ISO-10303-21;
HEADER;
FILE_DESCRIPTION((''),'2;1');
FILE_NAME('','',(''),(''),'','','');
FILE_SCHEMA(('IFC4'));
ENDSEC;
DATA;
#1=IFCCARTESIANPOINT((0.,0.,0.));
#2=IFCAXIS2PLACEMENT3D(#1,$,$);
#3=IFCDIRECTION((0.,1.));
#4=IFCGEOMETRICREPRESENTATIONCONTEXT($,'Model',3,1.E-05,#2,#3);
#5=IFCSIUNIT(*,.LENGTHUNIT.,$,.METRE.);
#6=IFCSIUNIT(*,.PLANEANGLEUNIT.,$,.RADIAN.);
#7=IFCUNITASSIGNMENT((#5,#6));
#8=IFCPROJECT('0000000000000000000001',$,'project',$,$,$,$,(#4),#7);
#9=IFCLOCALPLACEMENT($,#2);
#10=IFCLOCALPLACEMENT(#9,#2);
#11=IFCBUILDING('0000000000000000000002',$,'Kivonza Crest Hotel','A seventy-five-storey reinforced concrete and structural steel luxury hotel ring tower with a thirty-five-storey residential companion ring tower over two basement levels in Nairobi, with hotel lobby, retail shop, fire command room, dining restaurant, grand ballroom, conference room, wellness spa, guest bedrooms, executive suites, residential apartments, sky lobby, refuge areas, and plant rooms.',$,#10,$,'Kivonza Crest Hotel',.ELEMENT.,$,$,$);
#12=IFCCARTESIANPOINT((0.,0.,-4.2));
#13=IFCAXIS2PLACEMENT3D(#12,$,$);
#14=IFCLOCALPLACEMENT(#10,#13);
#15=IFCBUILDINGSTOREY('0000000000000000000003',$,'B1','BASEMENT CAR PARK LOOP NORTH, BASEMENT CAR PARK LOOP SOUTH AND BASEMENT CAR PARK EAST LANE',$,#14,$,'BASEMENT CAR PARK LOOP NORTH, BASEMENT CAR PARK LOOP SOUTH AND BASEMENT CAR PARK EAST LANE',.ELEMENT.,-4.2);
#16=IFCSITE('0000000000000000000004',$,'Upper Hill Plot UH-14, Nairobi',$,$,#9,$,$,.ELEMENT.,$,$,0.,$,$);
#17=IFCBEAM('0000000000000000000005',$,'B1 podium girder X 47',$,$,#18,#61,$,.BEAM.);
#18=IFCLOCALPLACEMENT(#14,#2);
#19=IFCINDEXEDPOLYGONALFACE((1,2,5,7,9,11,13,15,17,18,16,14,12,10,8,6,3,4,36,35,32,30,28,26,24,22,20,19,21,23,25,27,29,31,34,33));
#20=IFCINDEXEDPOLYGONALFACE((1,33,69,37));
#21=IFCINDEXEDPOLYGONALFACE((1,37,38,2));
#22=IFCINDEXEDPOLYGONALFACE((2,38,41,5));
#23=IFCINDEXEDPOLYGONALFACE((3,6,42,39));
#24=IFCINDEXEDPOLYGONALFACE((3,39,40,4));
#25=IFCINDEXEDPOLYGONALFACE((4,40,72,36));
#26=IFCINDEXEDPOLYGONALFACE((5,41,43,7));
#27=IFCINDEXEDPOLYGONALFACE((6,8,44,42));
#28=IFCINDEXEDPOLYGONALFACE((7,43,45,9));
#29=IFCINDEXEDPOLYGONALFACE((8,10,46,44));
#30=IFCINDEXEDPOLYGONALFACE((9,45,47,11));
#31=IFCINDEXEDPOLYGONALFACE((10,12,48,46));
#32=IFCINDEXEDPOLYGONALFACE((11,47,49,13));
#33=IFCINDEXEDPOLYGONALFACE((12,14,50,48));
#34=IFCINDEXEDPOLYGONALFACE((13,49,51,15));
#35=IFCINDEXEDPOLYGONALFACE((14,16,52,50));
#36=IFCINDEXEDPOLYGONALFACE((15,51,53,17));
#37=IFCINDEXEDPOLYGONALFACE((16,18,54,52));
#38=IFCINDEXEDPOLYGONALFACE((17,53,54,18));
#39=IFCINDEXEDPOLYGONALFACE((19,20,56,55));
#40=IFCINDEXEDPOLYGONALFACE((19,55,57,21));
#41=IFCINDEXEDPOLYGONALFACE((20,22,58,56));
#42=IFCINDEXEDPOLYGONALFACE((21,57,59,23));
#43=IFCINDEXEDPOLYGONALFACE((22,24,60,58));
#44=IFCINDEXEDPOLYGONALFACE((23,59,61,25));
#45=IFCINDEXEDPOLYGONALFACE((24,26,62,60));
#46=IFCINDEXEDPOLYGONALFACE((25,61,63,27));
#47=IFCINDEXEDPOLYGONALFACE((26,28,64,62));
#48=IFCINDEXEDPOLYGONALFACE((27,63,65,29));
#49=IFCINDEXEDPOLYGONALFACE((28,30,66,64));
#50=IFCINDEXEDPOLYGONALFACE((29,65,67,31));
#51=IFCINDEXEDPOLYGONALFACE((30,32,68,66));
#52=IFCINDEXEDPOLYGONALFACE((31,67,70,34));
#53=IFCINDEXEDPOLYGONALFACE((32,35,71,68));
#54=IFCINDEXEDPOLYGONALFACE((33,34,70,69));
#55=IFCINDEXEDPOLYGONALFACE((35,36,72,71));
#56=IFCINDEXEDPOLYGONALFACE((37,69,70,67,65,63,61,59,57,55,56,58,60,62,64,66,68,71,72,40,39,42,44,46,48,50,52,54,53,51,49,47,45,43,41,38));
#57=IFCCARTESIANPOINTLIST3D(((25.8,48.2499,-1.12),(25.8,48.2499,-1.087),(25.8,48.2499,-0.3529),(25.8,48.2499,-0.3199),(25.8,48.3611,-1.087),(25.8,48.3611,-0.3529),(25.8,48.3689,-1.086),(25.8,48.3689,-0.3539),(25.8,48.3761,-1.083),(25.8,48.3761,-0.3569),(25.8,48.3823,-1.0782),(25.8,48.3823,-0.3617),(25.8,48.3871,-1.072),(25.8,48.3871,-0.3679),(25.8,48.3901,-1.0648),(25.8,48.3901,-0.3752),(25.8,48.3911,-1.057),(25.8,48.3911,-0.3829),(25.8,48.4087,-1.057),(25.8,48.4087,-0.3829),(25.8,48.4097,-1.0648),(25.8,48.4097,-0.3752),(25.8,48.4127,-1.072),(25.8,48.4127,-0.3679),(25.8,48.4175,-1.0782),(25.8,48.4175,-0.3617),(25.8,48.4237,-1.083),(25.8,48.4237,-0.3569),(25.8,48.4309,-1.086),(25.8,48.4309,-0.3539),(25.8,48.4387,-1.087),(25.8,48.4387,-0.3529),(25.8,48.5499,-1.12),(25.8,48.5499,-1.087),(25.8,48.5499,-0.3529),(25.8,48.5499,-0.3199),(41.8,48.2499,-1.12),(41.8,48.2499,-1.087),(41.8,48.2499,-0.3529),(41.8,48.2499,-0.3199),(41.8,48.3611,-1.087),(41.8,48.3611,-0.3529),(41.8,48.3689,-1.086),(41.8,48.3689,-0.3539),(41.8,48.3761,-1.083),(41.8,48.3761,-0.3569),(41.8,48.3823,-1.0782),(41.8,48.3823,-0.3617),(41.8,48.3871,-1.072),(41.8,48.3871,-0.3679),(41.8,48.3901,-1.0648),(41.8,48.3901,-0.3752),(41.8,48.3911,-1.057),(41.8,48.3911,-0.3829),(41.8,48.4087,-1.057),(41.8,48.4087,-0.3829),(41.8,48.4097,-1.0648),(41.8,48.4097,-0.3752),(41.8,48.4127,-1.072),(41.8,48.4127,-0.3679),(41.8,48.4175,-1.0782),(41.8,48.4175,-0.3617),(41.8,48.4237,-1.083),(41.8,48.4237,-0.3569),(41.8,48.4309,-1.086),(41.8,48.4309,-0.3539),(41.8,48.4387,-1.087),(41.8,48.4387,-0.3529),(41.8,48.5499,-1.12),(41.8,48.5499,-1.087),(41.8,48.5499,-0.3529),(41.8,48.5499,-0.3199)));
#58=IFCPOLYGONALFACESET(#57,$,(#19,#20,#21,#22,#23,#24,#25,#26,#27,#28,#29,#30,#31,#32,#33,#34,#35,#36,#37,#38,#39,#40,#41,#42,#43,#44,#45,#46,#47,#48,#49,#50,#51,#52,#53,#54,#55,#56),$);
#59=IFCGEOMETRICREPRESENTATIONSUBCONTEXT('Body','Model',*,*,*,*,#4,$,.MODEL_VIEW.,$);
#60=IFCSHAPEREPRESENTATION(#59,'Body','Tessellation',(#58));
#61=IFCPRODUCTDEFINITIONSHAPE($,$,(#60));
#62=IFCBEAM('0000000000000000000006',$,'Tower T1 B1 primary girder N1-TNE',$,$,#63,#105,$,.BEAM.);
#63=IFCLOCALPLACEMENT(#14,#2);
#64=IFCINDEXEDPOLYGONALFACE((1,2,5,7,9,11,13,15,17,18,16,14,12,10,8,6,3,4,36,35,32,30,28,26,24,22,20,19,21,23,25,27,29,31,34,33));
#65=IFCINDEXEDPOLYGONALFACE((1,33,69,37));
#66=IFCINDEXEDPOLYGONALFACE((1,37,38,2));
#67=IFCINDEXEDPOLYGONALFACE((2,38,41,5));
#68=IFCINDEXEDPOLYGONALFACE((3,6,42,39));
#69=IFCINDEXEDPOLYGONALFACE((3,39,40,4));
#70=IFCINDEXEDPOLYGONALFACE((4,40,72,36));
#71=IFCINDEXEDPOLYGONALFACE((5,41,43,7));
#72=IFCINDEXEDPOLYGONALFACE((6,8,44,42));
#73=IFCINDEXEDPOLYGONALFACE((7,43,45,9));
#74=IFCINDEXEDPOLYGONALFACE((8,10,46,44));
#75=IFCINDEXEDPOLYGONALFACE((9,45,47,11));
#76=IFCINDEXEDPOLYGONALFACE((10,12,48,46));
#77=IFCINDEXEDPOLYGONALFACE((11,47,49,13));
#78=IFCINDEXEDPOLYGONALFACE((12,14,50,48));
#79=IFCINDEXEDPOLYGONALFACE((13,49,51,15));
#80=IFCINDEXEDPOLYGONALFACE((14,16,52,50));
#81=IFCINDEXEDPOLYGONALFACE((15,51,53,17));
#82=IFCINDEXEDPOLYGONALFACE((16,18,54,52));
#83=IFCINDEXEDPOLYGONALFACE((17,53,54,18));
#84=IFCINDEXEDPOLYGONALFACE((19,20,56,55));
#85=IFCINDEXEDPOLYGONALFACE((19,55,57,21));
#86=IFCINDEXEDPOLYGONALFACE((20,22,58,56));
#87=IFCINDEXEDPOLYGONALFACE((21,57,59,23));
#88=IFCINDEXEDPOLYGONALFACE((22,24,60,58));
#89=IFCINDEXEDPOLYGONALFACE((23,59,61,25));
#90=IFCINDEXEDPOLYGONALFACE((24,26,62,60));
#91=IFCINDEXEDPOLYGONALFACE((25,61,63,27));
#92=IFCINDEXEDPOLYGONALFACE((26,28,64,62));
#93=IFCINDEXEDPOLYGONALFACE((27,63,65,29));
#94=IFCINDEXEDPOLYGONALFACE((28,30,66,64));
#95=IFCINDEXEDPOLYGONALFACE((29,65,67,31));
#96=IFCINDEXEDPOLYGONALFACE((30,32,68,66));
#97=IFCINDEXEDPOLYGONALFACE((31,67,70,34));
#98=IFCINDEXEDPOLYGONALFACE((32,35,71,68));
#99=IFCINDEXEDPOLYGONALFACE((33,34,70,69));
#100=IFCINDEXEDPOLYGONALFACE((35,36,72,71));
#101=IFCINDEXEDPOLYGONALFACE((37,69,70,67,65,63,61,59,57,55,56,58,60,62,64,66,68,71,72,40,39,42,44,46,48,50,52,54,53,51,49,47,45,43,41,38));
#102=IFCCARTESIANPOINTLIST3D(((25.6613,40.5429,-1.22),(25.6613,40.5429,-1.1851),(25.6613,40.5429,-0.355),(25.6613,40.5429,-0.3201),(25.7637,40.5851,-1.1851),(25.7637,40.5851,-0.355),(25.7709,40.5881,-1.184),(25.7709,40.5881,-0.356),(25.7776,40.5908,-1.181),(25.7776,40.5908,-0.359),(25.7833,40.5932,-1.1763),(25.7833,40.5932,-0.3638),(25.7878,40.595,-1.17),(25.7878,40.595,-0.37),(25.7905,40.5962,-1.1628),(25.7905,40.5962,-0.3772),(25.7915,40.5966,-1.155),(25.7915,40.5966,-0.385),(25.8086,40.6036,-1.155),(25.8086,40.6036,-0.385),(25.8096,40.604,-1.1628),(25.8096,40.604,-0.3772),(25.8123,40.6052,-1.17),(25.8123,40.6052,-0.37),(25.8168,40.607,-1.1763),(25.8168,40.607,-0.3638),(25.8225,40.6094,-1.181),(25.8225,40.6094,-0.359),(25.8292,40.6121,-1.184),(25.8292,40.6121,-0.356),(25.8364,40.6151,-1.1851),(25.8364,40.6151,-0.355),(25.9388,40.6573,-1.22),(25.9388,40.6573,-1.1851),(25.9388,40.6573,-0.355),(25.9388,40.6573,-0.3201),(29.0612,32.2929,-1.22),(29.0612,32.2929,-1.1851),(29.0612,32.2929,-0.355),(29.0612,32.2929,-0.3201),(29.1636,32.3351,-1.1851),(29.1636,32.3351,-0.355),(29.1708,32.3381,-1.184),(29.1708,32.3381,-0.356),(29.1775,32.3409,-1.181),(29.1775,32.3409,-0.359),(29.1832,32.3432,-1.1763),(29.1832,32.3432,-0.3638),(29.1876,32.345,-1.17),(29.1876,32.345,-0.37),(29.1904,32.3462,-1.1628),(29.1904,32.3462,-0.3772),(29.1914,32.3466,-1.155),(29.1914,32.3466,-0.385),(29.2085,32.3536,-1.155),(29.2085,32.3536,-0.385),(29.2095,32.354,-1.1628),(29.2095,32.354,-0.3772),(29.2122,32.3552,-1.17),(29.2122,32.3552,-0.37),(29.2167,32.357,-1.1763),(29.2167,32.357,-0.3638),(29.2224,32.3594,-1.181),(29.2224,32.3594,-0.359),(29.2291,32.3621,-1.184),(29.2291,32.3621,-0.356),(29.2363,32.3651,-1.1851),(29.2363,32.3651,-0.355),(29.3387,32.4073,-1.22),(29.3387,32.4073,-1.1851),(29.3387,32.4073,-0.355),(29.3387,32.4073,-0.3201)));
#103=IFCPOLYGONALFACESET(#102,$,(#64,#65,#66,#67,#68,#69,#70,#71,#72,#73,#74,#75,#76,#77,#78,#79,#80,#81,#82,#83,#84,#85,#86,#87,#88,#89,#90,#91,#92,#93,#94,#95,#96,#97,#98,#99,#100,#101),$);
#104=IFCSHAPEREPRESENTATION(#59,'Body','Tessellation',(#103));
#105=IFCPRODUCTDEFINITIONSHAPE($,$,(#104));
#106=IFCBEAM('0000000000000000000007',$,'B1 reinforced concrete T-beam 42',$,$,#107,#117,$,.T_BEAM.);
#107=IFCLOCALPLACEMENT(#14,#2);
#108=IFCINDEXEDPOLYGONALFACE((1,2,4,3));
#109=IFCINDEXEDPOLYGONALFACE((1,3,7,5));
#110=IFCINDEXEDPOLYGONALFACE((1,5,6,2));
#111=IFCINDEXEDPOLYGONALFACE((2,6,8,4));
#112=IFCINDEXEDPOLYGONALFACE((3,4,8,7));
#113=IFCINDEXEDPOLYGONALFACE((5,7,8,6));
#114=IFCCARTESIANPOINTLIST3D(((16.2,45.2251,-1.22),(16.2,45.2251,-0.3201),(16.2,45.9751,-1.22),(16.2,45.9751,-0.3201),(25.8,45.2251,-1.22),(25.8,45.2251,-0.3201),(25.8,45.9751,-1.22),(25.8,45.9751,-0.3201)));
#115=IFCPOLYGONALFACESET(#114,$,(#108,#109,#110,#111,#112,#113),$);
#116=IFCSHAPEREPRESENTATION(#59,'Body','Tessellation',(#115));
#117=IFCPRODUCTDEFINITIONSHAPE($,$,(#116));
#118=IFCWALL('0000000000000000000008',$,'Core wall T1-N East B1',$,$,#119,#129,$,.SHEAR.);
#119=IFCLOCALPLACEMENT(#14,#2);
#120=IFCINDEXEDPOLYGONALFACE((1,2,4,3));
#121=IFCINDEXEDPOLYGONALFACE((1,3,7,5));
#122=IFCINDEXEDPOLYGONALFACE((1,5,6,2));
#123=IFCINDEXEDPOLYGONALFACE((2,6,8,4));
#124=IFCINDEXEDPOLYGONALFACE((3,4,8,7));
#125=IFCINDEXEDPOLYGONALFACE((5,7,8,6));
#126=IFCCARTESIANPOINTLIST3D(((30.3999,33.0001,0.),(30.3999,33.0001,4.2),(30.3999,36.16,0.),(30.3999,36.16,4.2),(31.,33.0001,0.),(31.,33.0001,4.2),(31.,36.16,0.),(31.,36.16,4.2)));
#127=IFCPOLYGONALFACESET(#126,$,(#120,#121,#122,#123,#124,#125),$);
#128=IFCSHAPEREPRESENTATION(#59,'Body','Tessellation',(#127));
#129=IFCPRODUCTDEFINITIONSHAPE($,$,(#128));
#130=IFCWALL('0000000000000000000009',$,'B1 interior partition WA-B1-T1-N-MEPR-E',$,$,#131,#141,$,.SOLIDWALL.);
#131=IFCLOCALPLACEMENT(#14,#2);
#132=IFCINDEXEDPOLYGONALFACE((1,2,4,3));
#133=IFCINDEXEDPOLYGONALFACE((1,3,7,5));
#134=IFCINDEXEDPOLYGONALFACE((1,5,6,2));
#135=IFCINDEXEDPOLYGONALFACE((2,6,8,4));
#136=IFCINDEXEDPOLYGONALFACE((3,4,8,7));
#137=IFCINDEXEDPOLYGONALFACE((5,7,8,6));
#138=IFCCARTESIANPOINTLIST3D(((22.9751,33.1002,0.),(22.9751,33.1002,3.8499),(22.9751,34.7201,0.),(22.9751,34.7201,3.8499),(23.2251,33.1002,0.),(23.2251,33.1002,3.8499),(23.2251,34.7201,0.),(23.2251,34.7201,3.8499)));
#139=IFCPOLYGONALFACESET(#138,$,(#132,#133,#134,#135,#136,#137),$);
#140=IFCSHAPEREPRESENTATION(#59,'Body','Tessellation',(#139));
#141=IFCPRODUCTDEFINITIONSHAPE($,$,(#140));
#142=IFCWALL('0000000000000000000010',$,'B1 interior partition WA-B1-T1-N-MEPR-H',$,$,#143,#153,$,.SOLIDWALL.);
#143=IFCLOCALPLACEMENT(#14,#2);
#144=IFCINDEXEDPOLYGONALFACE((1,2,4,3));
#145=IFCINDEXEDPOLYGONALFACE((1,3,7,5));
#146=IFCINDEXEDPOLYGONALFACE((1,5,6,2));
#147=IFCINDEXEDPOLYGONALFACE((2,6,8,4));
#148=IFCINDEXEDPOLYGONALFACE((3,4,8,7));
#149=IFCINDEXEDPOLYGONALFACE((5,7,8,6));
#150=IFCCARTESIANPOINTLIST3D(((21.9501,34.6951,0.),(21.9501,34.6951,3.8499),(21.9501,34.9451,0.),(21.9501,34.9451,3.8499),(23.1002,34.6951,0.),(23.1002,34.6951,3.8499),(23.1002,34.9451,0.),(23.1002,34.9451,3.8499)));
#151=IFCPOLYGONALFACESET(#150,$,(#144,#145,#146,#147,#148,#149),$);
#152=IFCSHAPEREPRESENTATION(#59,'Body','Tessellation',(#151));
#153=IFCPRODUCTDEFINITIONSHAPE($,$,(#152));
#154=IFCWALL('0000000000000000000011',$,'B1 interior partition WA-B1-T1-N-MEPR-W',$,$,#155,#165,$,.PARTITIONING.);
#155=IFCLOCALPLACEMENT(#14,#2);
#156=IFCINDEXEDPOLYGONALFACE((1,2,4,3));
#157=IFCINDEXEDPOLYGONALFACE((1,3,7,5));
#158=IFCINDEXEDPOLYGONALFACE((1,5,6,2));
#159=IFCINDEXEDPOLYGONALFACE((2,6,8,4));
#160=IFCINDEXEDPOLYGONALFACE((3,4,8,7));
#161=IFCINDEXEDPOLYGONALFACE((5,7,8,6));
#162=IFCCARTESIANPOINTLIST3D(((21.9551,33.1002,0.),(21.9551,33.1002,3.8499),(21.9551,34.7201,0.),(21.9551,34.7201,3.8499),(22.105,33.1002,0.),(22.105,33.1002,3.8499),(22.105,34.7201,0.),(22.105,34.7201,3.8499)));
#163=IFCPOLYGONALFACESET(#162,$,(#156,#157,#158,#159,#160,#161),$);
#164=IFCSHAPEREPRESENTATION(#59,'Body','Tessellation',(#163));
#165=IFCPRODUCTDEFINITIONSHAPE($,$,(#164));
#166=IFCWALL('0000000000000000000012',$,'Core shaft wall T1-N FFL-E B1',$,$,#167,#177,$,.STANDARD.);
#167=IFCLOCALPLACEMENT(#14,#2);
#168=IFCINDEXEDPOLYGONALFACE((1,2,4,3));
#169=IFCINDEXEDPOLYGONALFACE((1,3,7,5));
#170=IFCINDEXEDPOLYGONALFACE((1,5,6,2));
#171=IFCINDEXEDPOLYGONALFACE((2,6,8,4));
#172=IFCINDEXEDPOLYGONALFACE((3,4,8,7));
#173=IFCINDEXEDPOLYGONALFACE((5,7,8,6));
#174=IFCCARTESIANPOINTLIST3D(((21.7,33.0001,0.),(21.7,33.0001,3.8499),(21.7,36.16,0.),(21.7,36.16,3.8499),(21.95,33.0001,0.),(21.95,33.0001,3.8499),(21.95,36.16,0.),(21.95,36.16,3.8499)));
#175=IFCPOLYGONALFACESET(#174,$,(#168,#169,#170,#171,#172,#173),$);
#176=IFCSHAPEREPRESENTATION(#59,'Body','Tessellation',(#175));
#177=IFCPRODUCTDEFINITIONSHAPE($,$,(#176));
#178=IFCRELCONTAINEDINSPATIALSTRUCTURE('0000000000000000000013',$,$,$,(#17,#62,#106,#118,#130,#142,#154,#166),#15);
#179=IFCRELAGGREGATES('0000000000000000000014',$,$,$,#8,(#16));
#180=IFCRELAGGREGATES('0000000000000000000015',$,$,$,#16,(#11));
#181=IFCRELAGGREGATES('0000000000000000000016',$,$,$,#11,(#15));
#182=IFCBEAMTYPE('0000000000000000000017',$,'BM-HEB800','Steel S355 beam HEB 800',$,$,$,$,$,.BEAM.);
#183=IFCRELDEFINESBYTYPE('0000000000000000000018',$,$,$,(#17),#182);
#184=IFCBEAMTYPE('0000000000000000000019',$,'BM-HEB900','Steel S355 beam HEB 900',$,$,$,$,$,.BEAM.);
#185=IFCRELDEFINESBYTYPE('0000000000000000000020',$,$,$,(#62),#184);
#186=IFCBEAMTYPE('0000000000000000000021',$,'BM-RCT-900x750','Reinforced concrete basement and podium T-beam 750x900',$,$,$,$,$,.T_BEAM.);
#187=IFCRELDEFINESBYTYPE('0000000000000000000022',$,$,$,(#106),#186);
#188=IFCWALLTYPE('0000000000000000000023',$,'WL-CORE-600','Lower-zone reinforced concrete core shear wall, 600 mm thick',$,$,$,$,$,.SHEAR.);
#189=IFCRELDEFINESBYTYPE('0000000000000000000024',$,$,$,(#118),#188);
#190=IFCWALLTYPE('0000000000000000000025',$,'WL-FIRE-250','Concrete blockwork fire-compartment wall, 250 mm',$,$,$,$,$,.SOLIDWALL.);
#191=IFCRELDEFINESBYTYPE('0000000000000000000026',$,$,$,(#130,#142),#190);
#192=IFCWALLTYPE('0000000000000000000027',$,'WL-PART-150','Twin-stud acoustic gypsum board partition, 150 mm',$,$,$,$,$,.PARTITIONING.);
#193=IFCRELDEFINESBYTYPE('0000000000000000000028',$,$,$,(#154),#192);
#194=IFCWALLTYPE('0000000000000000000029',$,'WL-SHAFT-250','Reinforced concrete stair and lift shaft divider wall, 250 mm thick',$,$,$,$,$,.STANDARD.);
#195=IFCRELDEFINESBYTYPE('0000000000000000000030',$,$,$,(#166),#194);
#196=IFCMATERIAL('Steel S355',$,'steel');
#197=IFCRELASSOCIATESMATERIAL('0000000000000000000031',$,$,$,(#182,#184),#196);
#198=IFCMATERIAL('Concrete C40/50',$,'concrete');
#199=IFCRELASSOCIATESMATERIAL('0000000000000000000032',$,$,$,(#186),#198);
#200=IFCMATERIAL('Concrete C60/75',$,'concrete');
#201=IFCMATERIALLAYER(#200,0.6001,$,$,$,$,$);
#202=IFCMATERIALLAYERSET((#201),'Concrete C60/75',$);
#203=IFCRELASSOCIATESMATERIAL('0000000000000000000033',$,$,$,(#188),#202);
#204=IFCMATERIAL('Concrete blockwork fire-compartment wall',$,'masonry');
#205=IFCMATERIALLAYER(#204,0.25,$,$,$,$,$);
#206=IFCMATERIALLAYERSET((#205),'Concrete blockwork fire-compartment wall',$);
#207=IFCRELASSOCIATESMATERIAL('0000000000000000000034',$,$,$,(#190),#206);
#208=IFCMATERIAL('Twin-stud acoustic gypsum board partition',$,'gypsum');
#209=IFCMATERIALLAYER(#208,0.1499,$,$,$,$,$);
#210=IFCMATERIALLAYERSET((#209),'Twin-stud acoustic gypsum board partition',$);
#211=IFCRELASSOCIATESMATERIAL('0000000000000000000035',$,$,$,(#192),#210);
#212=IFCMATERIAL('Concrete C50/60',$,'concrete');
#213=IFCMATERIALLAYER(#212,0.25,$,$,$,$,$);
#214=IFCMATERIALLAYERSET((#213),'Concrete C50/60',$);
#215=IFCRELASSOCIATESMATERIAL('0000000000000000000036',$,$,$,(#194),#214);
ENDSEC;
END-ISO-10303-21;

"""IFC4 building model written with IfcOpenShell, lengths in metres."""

from ifc_helpers import new_model, si_unit, direction, frame, frame_2d, origin, origin_2d, place, context, subcontext, project, spatial, rectangle, i_section, extrude, material, layer, layer_set, material_profile, profile_set, type_object, element, save


model = new_model("IFC4")

# Units and contexts
model_context = context("Model", 3, precision=1e-05, world=origin(), true_north=direction((0.0, 1.0)))
body_context = subcontext(model_context, "Body", "Model", "MODEL_VIEW")
ifc_project = project(units=[si_unit("LENGTHUNIT", "METRE"), si_unit("PLANEANGLEUNIT", "RADIAN")], contexts=[model_context])

# Site, building, storey
site_placement = place(None, origin())
site = spatial("IfcSite", under=ifc_project, at=site_placement, Name="Upper Hill Plot UH-14, Nairobi", CompositionType="ELEMENT", RefElevation=0.0)
building_placement = place(site_placement, origin())
building = spatial("IfcBuilding", under=site, at=building_placement, Name="Kivonza Crest Hotel", Description="A seventy-five-storey reinforced concrete and structural steel luxury hotel ring tower with a thirty-five-storey residential companion ring tower over two basement levels in Nairobi, with hotel lobby, retail shop, fire command room, dining restaurant, grand ballroom, conference room, wellness spa, guest bedrooms, executive suites, residential apartments, sky lobby, refuge areas, and plant rooms.", LongName="Kivonza Crest Hotel", CompositionType="ELEMENT")
storey_placement = place(building_placement, frame((0.0, 0.0, -4.2)))
storey = spatial("IfcBuildingStorey", under=building, at=storey_placement, Name="B1", Description="BASEMENT CAR PARK LOOP NORTH, BASEMENT CAR PARK LOOP SOUTH AND BASEMENT CAR PARK EAST LANE", LongName="BASEMENT CAR PARK LOOP NORTH, BASEMENT CAR PARK LOOP SOUTH AND BASEMENT CAR PARK EAST LANE", CompositionType="ELEMENT", Elevation=-4.2)

# Shared definitions
ifc_material_1 = material(Name="Concrete C60/75", Category="concrete")

# Beams
ifc_material_2 = material(Name="Steel S355", Category="steel")
ifc_material_profile_1 = material_profile(ifc_material_2, i_section(OverallWidth=0.3, OverallDepth=0.8, WebThickness=0.0176, FlangeThickness=0.033, FilletRadius=0.03, at=origin_2d()), Name="HEB 800")
ifc_profile_set_1 = profile_set([ifc_material_profile_1], Name="Steel S355")
beam_type_1 = type_object("IfcBeamType", Name="BM-HEB800", Description="Steel S355 beam HEB 800", PredefinedType="BEAM", material=ifc_profile_set_1)
beam_1_placement = place(storey_placement, frame((25.8, 48.3999, -0.72), z_axis=(1.0, 0.0, 0.0), x_axis=(0.0, 1.0, 0.0)))
element("IfcBeam", 1, at=beam_1_placement, inside=storey, type_object=beam_type_1, Name="B1 podium girder X 47", PredefinedType="BEAM", context=body_context, shape_type="SweptSolid", body=[
    extrude(i_section(OverallWidth=0.3, OverallDepth=0.8, WebThickness=0.0176, FlangeThickness=0.033, FilletRadius=0.03, at=origin_2d()), origin(), (0.0, 0.0, 1.0), 16.0),
])
ifc_material_profile_2 = material_profile(ifc_material_2, i_section(OverallWidth=0.3, OverallDepth=0.8999, WebThickness=0.0186, FlangeThickness=0.0349, FilletRadius=0.03, at=origin_2d()), Name="HEB 900")
ifc_profile_set_2 = profile_set([ifc_material_profile_2], Name="Steel S355")
beam_type_2 = type_object("IfcBeamType", Name="BM-HEB900", Description="Steel S355 beam HEB 900", PredefinedType="BEAM", material=ifc_profile_set_2)
beam_2_placement = place(storey_placement, frame((25.8, 40.6001, -0.77), z_axis=(0.381022, -0.924566, 0.0), x_axis=(0.924566, 0.381022, 0.0)))
element("IfcBeam", 2, at=beam_2_placement, inside=storey, type_object=beam_type_2, Name="Tower T1 B1 primary girder N1-TNE", PredefinedType="BEAM", context=body_context, shape_type="SweptSolid", body=[
    extrude(i_section(OverallWidth=0.3, OverallDepth=0.8999, WebThickness=0.0186, FlangeThickness=0.0349, FilletRadius=0.03, at=origin_2d()), origin(), (0.0, 0.0, 1.0), 8.9231),
])
ifc_material_3 = material(Name="Concrete C40/50", Category="concrete")
ifc_material_profile_3 = material_profile(ifc_material_3, rectangle(XDim=0.75, YDim=0.8999, at=origin_2d()), Name="RC 900x750")
ifc_profile_set_3 = profile_set([ifc_material_profile_3], Name="Concrete C40/50")
beam_type_3 = type_object("IfcBeamType", Name="BM-RCT-900x750", Description="Reinforced concrete basement and podium T-beam 750x900", PredefinedType="T_BEAM", material=ifc_profile_set_3)
beam_3_placement = place(storey_placement, frame((16.2, 45.6001, -0.77), z_axis=(1.0, 0.0, 0.0), x_axis=(0.0, 1.0, 0.0)))
element("IfcBeam", 3, at=beam_3_placement, inside=storey, type_object=beam_type_3, Name="B1 reinforced concrete T-beam 42", PredefinedType="T_BEAM", context=body_context, shape_type="SweptSolid", body=[
    extrude(rectangle(XDim=0.75, YDim=0.8999, at=origin_2d()), origin(), (0.0, 0.0, 1.0), 9.6001),
])

# Walls
ifc_layer_1 = layer(ifc_material_1, 0.6001)
ifc_layer_set_1 = layer_set([ifc_layer_1], Name="Concrete C60/75")
wall_type_1 = type_object("IfcWallType", Name="WL-CORE-600", Description="Lower-zone reinforced concrete core shear wall, 600 mm thick", PredefinedType="SHEAR", material=ifc_layer_set_1)
wall_1_placement = place(storey_placement, frame((30.7, 33.0, 0.0), z_axis=(0.0, 0.0, 1.0), x_axis=(0.0, 1.0, 0.0)))
element("IfcWall", 4, at=wall_1_placement, inside=storey, type_object=wall_type_1, Name="Core wall T1-N East B1", PredefinedType="SHEAR", context=body_context, shape_type="SweptSolid", body=[
    extrude(rectangle(XDim=3.1599, YDim=0.6001, at=frame_2d((1.5801, 0.0))), origin(), (0.0, 0.0, 1.0), 4.2),
])
ifc_material_4 = material(Name="Concrete blockwork fire-compartment wall", Category="masonry")
ifc_layer_2 = layer(ifc_material_4, 0.25)
ifc_layer_set_2 = layer_set([ifc_layer_2], Name="Concrete blockwork fire-compartment wall")
wall_type_2 = type_object("IfcWallType", Name="WL-FIRE-250", Description="Concrete blockwork fire-compartment wall, 250 mm", PredefinedType="SOLIDWALL", material=ifc_layer_set_2)
wall_2_placement = place(storey_placement, frame((23.1001, 33.1001, 0.0), z_axis=(0.0, 0.0, 1.0), x_axis=(0.0, 1.0, 0.0)))
element("IfcWall", 5, at=wall_2_placement, inside=storey, type_object=wall_type_2, Name="B1 interior partition WA-B1-T1-N-MEPR-E", PredefinedType="SOLIDWALL", context=body_context, shape_type="SweptSolid", body=[
    extrude(rectangle(XDim=1.6199, YDim=0.25, at=frame_2d((0.8101, 0.0))), origin(), (0.0, 0.0, 1.0), 3.8499),
])
wall_3_placement = place(storey_placement, frame((21.95, 34.8201, 0.0), z_axis=(0.0, 0.0, 1.0), x_axis=(1.0, 0.0, 0.0)))
element("IfcWall", 6, at=wall_3_placement, inside=storey, type_object=wall_type_2, Name="B1 interior partition WA-B1-T1-N-MEPR-H", PredefinedType="SOLIDWALL", context=body_context, shape_type="SweptSolid", body=[
    extrude(rectangle(XDim=1.1501, YDim=0.25, at=frame_2d((0.5752, 0.0))), origin(), (0.0, 0.0, 1.0), 3.8499),
])
ifc_material_5 = material(Name="Twin-stud acoustic gypsum board partition", Category="gypsum")
ifc_layer_3 = layer(ifc_material_5, 0.1499)
ifc_layer_set_3 = layer_set([ifc_layer_3], Name="Twin-stud acoustic gypsum board partition")
wall_type_3 = type_object("IfcWallType", Name="WL-PART-150", Description="Twin-stud acoustic gypsum board partition, 150 mm", PredefinedType="PARTITIONING", material=ifc_layer_set_3)
wall_4_placement = place(storey_placement, frame((22.03, 33.1001, 0.0), z_axis=(0.0, 0.0, 1.0), x_axis=(0.0, 1.0, 0.0)))
element("IfcWall", 7, at=wall_4_placement, inside=storey, type_object=wall_type_3, Name="B1 interior partition WA-B1-T1-N-MEPR-W", PredefinedType="PARTITIONING", context=body_context, shape_type="SweptSolid", body=[
    extrude(rectangle(XDim=1.6199, YDim=0.1499, at=frame_2d((0.8101, 0.0))), origin(), (0.0, 0.0, 1.0), 3.8499),
])
ifc_material_6 = material(Name="Concrete C50/60", Category="concrete")
ifc_layer_4 = layer(ifc_material_6, 0.25)
ifc_layer_set_4 = layer_set([ifc_layer_4], Name="Concrete C50/60")
wall_type_4 = type_object("IfcWallType", Name="WL-SHAFT-250", Description="Reinforced concrete stair and lift shaft divider wall, 250 mm thick", PredefinedType="STANDARD", material=ifc_layer_set_4)
for number, where, z_axis, x_axis, name in (
    (8, (21.825, 33.0, 0.0), (0.0, 0.0, 1.0), (0.0, 1.0, 0.0), "Core shaft wall T1-N FFL-E B1"),
):
    element("IfcWall", number, at=place(storey_placement, frame(where, z_axis=z_axis, x_axis=x_axis)), inside=storey, type_object=wall_type_4, Name=name, PredefinedType="STANDARD", context=body_context, shape_type="SweptSolid", body=[
        extrude(rectangle(XDim=3.1599, YDim=0.25, at=frame_2d((1.5801, 0.0))), origin(), (0.0, 0.0, 1.0), 3.8499),
    ])

save(model, "model.ifc")
